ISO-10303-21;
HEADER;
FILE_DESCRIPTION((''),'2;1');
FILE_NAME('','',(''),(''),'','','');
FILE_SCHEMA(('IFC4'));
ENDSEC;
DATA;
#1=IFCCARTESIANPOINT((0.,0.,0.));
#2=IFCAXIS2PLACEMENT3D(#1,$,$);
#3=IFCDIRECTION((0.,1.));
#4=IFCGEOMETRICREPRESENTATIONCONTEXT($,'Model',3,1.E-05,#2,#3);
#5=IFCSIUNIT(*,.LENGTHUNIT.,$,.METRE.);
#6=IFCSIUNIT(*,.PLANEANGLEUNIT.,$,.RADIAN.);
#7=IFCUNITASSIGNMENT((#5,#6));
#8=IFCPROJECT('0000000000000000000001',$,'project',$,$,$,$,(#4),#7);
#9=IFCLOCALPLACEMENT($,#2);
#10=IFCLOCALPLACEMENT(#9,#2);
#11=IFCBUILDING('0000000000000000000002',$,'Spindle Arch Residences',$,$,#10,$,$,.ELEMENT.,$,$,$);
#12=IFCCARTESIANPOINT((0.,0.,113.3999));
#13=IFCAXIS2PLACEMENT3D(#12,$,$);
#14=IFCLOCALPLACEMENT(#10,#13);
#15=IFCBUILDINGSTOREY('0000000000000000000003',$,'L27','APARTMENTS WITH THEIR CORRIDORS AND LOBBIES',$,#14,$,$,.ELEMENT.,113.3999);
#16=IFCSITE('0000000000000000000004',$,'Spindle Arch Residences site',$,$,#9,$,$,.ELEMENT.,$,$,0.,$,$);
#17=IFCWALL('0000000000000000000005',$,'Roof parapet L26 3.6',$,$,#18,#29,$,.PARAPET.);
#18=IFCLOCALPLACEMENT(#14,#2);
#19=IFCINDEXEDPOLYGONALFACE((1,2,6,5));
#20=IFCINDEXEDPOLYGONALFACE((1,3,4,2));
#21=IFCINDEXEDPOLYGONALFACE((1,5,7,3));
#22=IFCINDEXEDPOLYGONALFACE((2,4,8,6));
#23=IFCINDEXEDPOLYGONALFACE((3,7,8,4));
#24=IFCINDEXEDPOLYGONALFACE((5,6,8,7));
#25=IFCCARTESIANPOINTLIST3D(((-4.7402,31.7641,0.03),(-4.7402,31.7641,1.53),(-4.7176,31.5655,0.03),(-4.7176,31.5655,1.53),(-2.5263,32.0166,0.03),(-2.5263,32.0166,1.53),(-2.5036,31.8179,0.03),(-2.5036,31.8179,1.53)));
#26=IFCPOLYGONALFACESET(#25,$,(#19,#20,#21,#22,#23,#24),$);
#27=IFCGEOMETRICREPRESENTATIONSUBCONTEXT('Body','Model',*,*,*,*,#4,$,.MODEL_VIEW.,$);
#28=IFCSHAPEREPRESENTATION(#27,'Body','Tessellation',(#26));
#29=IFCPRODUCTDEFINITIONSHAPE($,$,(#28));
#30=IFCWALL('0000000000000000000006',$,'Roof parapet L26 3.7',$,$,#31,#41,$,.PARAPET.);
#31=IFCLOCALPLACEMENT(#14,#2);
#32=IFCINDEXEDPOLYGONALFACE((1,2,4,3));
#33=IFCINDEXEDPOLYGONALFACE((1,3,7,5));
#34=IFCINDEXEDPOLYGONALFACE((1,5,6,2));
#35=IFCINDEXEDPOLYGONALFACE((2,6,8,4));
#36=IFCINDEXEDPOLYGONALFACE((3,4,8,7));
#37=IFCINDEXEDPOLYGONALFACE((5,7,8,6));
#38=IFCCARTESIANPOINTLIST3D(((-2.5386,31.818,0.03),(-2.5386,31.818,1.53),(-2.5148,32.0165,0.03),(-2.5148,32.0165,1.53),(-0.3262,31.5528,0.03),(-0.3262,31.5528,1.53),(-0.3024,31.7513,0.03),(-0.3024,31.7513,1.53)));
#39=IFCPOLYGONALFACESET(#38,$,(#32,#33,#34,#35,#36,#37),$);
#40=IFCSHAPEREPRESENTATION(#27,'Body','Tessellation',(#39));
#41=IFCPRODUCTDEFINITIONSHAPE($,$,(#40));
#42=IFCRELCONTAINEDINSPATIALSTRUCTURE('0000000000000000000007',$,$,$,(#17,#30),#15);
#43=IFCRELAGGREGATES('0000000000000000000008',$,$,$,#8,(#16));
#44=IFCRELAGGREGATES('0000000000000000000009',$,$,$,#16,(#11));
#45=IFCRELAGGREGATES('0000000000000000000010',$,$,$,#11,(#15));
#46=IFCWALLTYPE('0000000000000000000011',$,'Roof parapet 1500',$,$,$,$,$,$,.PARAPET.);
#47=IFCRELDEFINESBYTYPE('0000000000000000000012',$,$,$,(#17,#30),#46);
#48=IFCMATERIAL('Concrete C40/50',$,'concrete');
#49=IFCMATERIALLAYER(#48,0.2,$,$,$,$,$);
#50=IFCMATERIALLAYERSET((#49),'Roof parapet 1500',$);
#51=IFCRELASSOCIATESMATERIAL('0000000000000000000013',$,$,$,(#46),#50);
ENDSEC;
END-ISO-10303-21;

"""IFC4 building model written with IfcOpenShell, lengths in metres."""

from ifc_helpers import new_model, si_unit, direction, frame, frame_2d, origin, place, context, subcontext, project, spatial, rectangle, extrude, material, layer, layer_set, type_object, element, save


model = new_model("IFC4")

# Units and contexts
model_context = context("Model", 3, precision=1e-05, world=origin(), true_north=direction((0.0, 1.0)))
body_context = subcontext(model_context, "Body", "Model", "MODEL_VIEW")
ifc_project = project(units=[si_unit("LENGTHUNIT", "METRE"), si_unit("PLANEANGLEUNIT", "RADIAN")], contexts=[model_context])

# Site, building, storey
site_placement = place(None, origin())
site = spatial("IfcSite", under=ifc_project, at=site_placement, Name="Spindle Arch Residences site", CompositionType="ELEMENT", RefElevation=0.0)
building_placement = place(site_placement, origin())
building = spatial("IfcBuilding", under=site, at=building_placement, Name="Spindle Arch Residences", CompositionType="ELEMENT")
storey_placement = place(building_placement, frame((0.0, 0.0, 113.3999)))
storey = spatial("IfcBuildingStorey", under=building, at=storey_placement, Name="L27", Description="APARTMENTS WITH THEIR CORRIDORS AND LOBBIES", CompositionType="ELEMENT", Elevation=113.3999)

# Walls
ifc_material_1 = material(Name="Concrete C40/50", Category="concrete")
ifc_layer_1 = layer(ifc_material_1, 0.2)
ifc_layer_set_1 = layer_set([ifc_layer_1], Name="Roof parapet 1500")
wall_type_1 = type_object("IfcWallType", Name="Roof parapet 1500", PredefinedType="PARAPET", material=ifc_layer_set_1)
for number, where, z_axis, x_axis, name in (
    (1, (-4.729, 31.6648, 0.03), (0.0, 0.0, 1.0), (0.993562, 0.113293, 0.0), "Roof parapet L26 3.6"),
    (2, (-2.5269, 31.9172, 0.03), (0.0, 0.0, 1.0), (0.992895, -0.11899, 0.0), "Roof parapet L26 3.7"),
):
    element("IfcWall", number, at=place(storey_placement, frame(where, z_axis=z_axis, x_axis=x_axis)), inside=storey, type_object=wall_type_1, Name=name, PredefinedType="PARAPET", context=body_context, shape_type="SweptSolid", body=[
        extrude(rectangle(XDim=2.2283, YDim=0.2, at=frame_2d((1.1143, 0.0))), origin(), (0.0, 0.0, 1.0), 1.5),
    ])

save(model, "model.ifc")
